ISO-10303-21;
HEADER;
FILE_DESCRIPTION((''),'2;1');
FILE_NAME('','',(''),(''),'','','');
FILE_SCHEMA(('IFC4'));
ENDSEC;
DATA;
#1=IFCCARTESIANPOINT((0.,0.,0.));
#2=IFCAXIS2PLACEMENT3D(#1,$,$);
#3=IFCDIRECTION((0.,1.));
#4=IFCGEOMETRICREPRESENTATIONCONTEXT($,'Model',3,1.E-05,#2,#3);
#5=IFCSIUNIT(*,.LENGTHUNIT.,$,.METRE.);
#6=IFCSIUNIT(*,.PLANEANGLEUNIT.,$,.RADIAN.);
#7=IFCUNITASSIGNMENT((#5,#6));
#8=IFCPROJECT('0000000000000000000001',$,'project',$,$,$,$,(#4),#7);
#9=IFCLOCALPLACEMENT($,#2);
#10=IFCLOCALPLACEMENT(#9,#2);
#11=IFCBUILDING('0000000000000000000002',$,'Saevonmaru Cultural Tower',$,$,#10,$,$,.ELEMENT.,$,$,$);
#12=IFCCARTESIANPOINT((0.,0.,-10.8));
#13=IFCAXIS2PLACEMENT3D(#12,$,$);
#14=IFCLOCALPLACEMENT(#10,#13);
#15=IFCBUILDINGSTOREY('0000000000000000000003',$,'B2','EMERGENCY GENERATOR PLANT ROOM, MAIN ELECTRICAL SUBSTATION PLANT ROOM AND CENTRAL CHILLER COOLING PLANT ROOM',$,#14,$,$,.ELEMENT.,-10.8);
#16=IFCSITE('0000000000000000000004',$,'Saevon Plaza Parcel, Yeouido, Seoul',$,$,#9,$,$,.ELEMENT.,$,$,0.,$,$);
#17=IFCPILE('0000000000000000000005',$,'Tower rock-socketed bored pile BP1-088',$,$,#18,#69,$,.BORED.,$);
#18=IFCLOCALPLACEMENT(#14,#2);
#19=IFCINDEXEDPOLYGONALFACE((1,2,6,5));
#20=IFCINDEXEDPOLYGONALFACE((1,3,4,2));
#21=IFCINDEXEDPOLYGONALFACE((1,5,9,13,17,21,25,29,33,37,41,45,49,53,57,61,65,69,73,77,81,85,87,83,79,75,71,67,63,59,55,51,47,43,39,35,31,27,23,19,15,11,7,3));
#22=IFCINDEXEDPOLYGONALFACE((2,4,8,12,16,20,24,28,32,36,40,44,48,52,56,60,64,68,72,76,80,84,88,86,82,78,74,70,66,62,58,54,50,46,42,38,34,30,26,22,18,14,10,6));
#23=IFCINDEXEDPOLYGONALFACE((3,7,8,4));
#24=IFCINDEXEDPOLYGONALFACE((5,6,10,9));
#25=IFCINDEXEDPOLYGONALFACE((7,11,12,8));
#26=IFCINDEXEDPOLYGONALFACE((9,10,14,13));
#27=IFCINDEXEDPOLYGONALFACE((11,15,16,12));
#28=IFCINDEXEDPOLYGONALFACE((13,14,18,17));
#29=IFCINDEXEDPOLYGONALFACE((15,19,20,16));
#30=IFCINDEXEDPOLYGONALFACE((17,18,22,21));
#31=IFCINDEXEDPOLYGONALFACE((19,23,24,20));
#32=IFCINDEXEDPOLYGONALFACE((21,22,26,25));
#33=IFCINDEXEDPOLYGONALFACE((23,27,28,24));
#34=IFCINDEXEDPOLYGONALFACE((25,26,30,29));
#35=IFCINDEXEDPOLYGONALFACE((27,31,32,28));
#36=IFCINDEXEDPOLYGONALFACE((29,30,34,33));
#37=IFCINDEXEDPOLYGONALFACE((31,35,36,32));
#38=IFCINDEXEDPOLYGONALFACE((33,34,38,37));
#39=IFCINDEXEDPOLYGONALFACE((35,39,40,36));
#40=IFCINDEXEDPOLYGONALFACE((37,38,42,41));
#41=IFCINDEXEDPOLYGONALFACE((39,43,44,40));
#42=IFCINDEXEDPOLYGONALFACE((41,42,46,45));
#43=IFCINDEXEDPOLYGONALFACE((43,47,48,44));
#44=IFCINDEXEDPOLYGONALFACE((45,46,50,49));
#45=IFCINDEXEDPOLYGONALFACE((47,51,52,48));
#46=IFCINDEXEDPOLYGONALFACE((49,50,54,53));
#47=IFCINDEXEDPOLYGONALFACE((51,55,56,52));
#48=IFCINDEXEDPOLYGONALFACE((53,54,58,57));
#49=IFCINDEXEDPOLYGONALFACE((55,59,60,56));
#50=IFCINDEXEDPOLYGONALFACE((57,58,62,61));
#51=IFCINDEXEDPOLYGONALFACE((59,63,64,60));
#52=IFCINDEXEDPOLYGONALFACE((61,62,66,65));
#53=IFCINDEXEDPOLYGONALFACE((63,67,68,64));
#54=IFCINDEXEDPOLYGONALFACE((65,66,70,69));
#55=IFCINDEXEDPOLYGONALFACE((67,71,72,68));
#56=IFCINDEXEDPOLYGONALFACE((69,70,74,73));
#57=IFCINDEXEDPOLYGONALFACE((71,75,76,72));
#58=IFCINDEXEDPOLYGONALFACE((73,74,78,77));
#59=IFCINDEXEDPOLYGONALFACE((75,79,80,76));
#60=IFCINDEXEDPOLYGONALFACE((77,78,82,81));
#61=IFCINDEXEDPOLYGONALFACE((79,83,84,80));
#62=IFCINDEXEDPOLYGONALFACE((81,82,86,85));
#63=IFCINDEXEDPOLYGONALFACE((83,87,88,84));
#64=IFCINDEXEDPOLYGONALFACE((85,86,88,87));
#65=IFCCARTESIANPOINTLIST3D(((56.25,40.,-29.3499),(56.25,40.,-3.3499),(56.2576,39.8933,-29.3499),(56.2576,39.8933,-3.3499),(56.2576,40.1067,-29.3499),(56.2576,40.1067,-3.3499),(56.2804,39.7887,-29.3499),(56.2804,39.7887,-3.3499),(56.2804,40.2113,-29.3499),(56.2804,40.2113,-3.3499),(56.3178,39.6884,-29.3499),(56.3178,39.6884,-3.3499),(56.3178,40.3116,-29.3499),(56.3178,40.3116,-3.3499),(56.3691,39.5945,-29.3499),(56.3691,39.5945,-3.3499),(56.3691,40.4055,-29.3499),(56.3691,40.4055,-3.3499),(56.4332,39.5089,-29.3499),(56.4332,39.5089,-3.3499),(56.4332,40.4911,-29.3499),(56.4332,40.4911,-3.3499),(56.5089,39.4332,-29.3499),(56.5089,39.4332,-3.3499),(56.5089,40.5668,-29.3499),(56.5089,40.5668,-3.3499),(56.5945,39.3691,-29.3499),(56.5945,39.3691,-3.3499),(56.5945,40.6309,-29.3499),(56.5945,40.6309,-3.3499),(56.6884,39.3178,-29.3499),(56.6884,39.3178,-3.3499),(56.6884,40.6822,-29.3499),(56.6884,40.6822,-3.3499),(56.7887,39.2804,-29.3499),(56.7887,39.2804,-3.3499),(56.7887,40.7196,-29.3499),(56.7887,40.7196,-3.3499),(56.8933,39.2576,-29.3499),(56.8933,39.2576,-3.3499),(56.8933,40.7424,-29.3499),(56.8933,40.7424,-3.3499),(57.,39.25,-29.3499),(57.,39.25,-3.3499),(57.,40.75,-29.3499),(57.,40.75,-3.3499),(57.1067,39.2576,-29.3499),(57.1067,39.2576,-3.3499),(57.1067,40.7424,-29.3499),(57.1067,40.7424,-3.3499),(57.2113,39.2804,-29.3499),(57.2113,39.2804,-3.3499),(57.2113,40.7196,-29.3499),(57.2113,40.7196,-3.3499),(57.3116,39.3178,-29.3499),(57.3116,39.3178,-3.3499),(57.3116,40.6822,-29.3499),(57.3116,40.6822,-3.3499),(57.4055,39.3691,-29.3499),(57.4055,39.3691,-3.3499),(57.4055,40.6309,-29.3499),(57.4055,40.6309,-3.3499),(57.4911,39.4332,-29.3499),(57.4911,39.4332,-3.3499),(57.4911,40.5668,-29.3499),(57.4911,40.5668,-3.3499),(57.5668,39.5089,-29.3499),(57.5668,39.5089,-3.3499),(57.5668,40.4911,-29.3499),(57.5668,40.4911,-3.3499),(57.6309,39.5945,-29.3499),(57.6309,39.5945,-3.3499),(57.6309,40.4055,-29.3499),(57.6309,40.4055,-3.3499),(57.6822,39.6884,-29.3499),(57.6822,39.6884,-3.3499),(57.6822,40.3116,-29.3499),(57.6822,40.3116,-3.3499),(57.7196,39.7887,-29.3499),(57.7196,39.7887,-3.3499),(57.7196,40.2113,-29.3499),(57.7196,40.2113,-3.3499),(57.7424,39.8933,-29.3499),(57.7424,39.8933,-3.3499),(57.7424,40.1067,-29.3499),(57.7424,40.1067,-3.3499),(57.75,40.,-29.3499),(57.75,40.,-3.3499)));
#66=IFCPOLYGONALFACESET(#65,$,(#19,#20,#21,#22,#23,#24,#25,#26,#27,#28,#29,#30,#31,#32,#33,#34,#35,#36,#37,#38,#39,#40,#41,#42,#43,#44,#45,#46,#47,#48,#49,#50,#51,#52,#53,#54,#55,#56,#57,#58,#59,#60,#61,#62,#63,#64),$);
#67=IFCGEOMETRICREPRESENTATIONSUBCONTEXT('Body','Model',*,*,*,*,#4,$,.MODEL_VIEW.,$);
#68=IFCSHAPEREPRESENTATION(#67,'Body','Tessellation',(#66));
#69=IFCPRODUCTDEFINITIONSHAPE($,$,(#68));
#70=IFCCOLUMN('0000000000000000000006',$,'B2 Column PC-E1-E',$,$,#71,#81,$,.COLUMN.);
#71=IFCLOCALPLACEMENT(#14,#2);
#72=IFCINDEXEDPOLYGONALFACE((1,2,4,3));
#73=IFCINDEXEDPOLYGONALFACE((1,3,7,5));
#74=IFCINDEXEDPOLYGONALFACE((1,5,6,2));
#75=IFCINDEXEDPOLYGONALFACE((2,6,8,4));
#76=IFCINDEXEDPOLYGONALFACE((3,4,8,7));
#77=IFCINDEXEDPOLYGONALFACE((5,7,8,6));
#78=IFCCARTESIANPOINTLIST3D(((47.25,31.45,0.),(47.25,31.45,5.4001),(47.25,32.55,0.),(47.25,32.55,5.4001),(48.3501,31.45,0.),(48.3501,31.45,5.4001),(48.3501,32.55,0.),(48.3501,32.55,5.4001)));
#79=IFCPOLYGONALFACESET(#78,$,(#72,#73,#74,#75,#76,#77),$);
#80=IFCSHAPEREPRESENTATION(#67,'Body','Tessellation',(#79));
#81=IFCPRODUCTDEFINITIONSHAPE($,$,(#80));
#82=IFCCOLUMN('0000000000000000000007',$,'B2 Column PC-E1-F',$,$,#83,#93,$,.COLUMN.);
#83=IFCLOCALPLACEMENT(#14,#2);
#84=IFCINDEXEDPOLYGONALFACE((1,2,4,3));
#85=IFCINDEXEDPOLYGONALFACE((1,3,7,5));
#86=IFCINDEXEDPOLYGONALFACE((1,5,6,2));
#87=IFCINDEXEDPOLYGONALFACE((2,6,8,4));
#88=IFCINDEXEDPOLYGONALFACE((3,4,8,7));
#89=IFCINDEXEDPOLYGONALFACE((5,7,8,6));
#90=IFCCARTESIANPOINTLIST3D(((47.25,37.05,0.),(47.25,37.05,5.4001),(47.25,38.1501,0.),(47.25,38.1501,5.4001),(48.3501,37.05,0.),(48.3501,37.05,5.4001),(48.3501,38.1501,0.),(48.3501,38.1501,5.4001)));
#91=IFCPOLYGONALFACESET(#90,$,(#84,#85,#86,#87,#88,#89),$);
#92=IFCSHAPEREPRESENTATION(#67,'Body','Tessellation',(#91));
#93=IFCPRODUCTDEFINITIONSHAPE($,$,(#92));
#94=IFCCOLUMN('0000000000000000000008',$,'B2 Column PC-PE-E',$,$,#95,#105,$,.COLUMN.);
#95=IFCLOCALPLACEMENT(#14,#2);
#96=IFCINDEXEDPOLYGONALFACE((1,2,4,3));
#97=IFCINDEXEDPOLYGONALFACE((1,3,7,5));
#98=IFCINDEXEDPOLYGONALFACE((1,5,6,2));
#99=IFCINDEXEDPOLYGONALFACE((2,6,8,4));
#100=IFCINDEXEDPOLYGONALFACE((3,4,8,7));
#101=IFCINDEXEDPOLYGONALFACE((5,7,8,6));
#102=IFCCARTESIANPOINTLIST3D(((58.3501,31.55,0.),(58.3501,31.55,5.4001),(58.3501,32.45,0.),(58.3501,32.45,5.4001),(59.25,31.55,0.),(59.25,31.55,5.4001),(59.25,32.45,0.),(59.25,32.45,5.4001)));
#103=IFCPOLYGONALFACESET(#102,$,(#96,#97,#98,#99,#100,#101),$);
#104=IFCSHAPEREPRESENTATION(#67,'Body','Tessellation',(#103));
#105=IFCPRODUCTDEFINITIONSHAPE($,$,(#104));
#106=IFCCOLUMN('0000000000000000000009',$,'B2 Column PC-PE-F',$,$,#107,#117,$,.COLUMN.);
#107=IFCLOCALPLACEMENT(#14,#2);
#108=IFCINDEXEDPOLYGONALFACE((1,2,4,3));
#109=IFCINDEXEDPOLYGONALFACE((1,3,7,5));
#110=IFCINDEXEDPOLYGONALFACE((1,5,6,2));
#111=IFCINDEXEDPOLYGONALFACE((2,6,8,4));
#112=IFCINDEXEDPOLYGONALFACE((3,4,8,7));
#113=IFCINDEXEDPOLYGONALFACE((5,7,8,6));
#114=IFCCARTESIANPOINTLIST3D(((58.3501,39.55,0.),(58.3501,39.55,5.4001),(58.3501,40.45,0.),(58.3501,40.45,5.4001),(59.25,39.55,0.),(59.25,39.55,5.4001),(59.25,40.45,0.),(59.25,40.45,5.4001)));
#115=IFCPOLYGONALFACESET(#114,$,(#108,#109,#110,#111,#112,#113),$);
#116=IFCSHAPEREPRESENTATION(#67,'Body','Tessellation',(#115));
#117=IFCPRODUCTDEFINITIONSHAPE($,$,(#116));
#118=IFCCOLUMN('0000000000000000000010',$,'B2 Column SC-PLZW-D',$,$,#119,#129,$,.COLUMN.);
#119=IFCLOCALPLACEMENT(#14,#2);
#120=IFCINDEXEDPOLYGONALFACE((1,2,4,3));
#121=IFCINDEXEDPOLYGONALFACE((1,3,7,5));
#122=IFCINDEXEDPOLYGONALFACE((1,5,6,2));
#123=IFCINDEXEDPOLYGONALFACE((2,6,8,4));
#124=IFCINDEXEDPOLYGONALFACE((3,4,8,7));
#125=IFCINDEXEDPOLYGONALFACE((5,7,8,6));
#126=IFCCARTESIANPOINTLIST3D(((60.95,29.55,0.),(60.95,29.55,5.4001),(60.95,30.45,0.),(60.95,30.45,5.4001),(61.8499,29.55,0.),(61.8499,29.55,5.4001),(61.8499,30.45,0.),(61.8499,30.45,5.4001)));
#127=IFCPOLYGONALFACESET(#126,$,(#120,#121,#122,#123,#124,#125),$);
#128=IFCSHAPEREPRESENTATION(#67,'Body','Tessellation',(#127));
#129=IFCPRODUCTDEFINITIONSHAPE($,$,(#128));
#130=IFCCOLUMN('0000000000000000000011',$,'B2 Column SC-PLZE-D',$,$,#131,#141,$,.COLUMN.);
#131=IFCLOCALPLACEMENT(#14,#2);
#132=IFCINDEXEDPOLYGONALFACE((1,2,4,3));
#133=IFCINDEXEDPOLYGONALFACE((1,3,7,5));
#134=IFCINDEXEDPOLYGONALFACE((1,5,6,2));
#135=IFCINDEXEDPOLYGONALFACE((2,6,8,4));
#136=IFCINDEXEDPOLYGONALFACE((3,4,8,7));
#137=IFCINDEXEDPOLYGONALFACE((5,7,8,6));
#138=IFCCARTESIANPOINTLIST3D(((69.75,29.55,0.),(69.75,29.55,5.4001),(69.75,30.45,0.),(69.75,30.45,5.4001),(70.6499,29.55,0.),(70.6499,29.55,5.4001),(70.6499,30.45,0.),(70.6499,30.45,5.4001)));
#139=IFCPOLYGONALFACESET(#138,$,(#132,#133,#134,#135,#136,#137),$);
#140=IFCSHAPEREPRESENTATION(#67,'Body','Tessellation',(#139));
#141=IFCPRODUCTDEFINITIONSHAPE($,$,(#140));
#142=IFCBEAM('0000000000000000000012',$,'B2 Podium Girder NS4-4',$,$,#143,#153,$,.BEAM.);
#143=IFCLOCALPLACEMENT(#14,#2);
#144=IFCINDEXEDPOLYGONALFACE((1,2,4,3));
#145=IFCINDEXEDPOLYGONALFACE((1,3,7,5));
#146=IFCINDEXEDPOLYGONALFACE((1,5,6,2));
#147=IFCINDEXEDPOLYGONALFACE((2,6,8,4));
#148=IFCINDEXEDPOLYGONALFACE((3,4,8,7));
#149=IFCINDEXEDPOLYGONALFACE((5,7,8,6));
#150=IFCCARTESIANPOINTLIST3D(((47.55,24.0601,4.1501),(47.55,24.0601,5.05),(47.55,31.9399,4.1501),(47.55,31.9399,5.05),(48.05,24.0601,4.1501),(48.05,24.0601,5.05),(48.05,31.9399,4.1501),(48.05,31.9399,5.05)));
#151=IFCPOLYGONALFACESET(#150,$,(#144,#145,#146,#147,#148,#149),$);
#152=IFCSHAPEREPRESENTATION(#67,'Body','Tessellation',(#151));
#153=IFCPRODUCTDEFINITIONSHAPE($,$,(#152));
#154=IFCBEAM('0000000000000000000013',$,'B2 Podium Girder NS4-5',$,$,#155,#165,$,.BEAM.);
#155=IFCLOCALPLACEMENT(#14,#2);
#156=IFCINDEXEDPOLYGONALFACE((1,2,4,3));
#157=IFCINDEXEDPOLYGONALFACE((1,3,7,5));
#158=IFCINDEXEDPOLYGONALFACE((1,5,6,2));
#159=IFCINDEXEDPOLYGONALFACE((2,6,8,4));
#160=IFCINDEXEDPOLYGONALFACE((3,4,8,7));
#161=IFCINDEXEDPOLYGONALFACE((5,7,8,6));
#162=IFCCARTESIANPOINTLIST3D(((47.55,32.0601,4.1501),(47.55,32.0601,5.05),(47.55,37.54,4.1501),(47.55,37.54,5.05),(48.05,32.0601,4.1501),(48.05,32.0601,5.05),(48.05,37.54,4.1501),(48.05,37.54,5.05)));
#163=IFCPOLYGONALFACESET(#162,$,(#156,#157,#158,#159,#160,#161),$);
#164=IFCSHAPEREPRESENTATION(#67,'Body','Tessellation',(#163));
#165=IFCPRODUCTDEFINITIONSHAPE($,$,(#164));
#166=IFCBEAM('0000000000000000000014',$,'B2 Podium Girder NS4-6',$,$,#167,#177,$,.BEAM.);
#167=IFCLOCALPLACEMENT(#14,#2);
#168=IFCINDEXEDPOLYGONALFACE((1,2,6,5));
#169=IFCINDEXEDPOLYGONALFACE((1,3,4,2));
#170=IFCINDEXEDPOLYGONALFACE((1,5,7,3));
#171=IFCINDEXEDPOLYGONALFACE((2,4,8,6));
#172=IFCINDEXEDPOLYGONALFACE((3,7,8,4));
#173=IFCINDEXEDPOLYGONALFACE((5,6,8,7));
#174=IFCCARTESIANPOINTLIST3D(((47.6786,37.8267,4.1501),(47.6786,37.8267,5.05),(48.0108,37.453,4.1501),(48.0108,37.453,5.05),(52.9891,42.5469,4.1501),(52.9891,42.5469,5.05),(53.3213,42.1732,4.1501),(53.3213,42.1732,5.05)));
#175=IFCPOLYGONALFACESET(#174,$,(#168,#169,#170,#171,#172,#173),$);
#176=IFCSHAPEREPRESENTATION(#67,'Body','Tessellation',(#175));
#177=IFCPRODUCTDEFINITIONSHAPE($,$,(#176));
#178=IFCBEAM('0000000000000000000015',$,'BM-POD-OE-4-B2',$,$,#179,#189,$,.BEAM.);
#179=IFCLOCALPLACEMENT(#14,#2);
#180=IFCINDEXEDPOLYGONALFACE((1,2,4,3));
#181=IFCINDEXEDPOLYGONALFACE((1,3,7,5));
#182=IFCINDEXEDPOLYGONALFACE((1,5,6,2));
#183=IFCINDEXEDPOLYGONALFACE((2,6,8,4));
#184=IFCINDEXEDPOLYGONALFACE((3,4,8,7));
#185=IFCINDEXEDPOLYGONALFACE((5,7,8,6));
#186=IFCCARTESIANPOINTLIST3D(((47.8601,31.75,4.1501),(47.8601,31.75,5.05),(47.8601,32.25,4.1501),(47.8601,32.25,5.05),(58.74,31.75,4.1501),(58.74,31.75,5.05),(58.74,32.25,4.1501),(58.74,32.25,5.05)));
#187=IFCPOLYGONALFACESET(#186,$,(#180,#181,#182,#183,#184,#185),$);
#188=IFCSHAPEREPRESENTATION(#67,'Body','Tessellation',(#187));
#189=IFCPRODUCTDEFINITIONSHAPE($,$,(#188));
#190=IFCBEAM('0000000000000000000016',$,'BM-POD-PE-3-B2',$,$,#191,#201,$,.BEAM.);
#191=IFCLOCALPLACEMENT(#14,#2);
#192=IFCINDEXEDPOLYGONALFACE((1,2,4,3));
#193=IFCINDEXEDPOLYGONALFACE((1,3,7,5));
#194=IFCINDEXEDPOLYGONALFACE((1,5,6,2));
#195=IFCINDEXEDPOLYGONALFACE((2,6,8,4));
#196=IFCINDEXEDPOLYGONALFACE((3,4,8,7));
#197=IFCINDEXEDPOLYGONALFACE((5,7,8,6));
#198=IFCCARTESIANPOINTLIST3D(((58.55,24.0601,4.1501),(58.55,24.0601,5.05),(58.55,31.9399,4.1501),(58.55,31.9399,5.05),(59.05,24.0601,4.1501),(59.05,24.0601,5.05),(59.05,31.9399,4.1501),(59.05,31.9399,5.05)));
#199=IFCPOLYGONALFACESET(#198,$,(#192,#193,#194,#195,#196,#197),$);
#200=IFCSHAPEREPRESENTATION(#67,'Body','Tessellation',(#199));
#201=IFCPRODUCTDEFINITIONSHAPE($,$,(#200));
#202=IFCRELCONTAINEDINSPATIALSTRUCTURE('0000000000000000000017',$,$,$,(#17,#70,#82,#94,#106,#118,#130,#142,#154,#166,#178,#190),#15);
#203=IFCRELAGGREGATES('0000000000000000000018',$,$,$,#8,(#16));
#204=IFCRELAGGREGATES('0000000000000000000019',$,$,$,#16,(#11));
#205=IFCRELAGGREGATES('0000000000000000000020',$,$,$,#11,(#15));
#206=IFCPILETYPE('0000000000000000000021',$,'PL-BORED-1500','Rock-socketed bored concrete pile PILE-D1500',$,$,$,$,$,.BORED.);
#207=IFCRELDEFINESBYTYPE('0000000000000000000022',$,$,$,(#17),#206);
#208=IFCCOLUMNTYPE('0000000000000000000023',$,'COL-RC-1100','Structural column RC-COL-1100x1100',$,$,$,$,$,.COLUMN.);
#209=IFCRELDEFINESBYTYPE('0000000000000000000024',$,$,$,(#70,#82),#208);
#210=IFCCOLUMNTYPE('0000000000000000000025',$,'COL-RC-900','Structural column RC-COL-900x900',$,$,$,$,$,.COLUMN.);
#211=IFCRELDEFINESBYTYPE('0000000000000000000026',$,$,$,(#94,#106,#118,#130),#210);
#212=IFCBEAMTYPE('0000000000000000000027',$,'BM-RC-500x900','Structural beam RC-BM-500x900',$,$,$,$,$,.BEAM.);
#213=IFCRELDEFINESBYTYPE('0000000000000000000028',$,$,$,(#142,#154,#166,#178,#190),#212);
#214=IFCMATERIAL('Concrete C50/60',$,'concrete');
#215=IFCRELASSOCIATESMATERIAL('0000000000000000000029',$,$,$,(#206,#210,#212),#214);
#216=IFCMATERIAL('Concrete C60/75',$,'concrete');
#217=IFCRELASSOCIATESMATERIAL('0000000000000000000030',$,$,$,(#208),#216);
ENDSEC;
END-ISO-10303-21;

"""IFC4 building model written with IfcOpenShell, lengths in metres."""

from ifc_helpers import new_model, si_unit, direction, frame, origin, origin_2d, place, context, subcontext, project, spatial, rectangle, circle, extrude, material, material_profile, profile_set, type_object, element, save


model = new_model("IFC4")

# Units and contexts
model_context = context("Model", 3, precision=1e-05, world=origin(), true_north=direction((0.0, 1.0)))
body_context = subcontext(model_context, "Body", "Model", "MODEL_VIEW")
ifc_project = project(units=[si_unit("LENGTHUNIT", "METRE"), si_unit("PLANEANGLEUNIT", "RADIAN")], contexts=[model_context])

# Site, building, storey
site_placement = place(None, origin())
site = spatial("IfcSite", under=ifc_project, at=site_placement, Name="Saevon Plaza Parcel, Yeouido, Seoul", CompositionType="ELEMENT", RefElevation=0.0)
building_placement = place(site_placement, origin())
building = spatial("IfcBuilding", under=site, at=building_placement, Name="Saevonmaru Cultural Tower", CompositionType="ELEMENT")
storey_placement = place(building_placement, frame((0.0, 0.0, -10.8)))
storey = spatial("IfcBuildingStorey", under=building, at=storey_placement, Name="B2", Description="EMERGENCY GENERATOR PLANT ROOM, MAIN ELECTRICAL SUBSTATION PLANT ROOM AND CENTRAL CHILLER COOLING PLANT ROOM", CompositionType="ELEMENT", Elevation=-10.8)

# Pile
ifc_material_1 = material(Name="Concrete C50/60", Category="concrete")
ifc_material_profile_1 = material_profile(ifc_material_1, circle(Radius=0.75, at=origin_2d()), Name="PILE-D1500")
ifc_profile_set_1 = profile_set([ifc_material_profile_1], Name="Concrete C50/60")
pile_type_1 = type_object("IfcPileType", Name="PL-BORED-1500", Description="Rock-socketed bored concrete pile PILE-D1500", PredefinedType="BORED", material=ifc_profile_set_1)
for number, where, z_axis, x_axis, name in (
    (1, (57.0, 40.0, -3.3499), (0.0, 0.0, -1.0), (1.0, 0.0, 0.0), "Tower rock-socketed bored pile BP1-088"),
):
    element("IfcPile", number, at=place(storey_placement, frame(where, z_axis=z_axis, x_axis=x_axis)), inside=storey, type_object=pile_type_1, Name=name, PredefinedType="BORED", context=body_context, shape_type="SweptSolid", body=[
        extrude(circle(Radius=0.75, at=origin_2d()), origin(), (0.0, 0.0, 1.0), 26.0),
    ])

# Columns
ifc_material_2 = material(Name="Concrete C60/75", Category="concrete")
ifc_material_profile_2 = material_profile(ifc_material_2, rectangle(XDim=1.1001, YDim=1.1001, at=origin_2d()), Name="RC-COL-1100x1100")
ifc_profile_set_2 = profile_set([ifc_material_profile_2], Name="Concrete C60/75")
column_type_1 = type_object("IfcColumnType", Name="COL-RC-1100", Description="Structural column RC-COL-1100x1100", PredefinedType="COLUMN", material=ifc_profile_set_2)
for number, where, z_axis, x_axis, name in (
    (2, (47.8, 32.0, 0.0), (0.0, 0.0, 1.0), (1.0, 0.0, 0.0), "B2 Column PC-E1-E"),
    (3, (47.8, 37.6001, 0.0), (0.0, 0.0, 1.0), (1.0, 0.0, 0.0), "B2 Column PC-E1-F"),
):
    element("IfcColumn", number, at=place(storey_placement, frame(where, z_axis=z_axis, x_axis=x_axis)), inside=storey, type_object=column_type_1, Name=name, PredefinedType="COLUMN", context=body_context, shape_type="SweptSolid", body=[
        extrude(rectangle(XDim=1.1001, YDim=1.1001, at=origin_2d()), origin(), (0.0, 0.0, 1.0), 5.4001),
    ])
ifc_material_profile_3 = material_profile(ifc_material_1, rectangle(XDim=0.8999, YDim=0.8999, at=origin_2d()), Name="RC-COL-900x900")
ifc_profile_set_3 = profile_set([ifc_material_profile_3], Name="Concrete C50/60")
column_type_2 = type_object("IfcColumnType", Name="COL-RC-900", Description="Structural column RC-COL-900x900", PredefinedType="COLUMN", material=ifc_profile_set_3)
for number, where, z_axis, x_axis, name in (
    (4, (58.8, 32.0, 0.0), (0.0, 0.0, 1.0), (1.0, 0.0, 0.0), "B2 Column PC-PE-E"),
    (5, (58.8, 40.0, 0.0), (0.0, 0.0, 1.0), (1.0, 0.0, 0.0), "B2 Column PC-PE-F"),
    (6, (61.3999, 30.0, 0.0), (0.0, 0.0, 1.0), (1.0, 0.0, 0.0), "B2 Column SC-PLZW-D"),
    (7, (70.2, 30.0, 0.0), (0.0, 0.0, 1.0), (1.0, 0.0, 0.0), "B2 Column SC-PLZE-D"),
):
    element("IfcColumn", number, at=place(storey_placement, frame(where, z_axis=z_axis, x_axis=x_axis)), inside=storey, type_object=column_type_2, Name=name, PredefinedType="COLUMN", context=body_context, shape_type="SweptSolid", body=[
        extrude(rectangle(XDim=0.8999, YDim=0.8999, at=origin_2d()), origin(), (0.0, 0.0, 1.0), 5.4001),
    ])

# Beams
ifc_material_profile_4 = material_profile(ifc_material_1, rectangle(XDim=0.5, YDim=0.8999, at=origin_2d()), Name="RC-BM-500x900")
ifc_profile_set_4 = profile_set([ifc_material_profile_4], Name="Concrete C50/60")
beam_type = type_object("IfcBeamType", Name="BM-RC-500x900", Description="Structural beam RC-BM-500x900", PredefinedType="BEAM", material=ifc_profile_set_4)
beam_1_placement = place(storey_placement, frame((47.8, 24.0601, 4.6001), z_axis=(0.0, 1.0, 0.0), x_axis=(-1.0, 0.0, 0.0)))
element("IfcBeam", 8, at=beam_1_placement, inside=storey, type_object=beam_type, Name="B2 Podium Girder NS4-4", PredefinedType="BEAM", context=body_context, shape_type="SweptSolid", body=[
    extrude(rectangle(XDim=0.5, YDim=0.8999, at=origin_2d()), origin(), (0.0, 0.0, 1.0), 7.8799),
])
beam_2_placement = place(storey_placement, frame((47.8, 32.0601, 4.6001), z_axis=(0.0, 1.0, 0.0), x_axis=(-1.0, 0.0, 0.0)))
element("IfcBeam", 9, at=beam_2_placement, inside=storey, type_object=beam_type, Name="B2 Podium Girder NS4-5", PredefinedType="BEAM", context=body_context, shape_type="SweptSolid", body=[
    extrude(rectangle(XDim=0.5, YDim=0.8999, at=origin_2d()), origin(), (0.0, 0.0, 1.0), 5.48),
])
beam_3_placement = place(storey_placement, frame((47.8447, 37.6399, 4.6001), z_axis=(0.747428, 0.664343, 0.0), x_axis=(-0.664343, 0.747428, 0.0)))
element("IfcBeam", 10, at=beam_3_placement, inside=storey, type_object=beam_type, Name="B2 Podium Girder NS4-6", PredefinedType="BEAM", context=body_context, shape_type="SweptSolid", body=[
    extrude(rectangle(XDim=0.5, YDim=0.8999, at=origin_2d()), origin(), (0.0, 0.0, 1.0), 7.105),
])
beam_4_placement = place(storey_placement, frame((47.8601, 32.0, 4.6001), z_axis=(1.0, 0.0, 0.0), x_axis=(0.0, 1.0, 0.0)))
element("IfcBeam", 11, at=beam_4_placement, inside=storey, type_object=beam_type, Name="BM-POD-OE-4-B2", PredefinedType="BEAM", context=body_context, shape_type="SweptSolid", body=[
    extrude(rectangle(XDim=0.5, YDim=0.8999, at=origin_2d()), origin(), (0.0, 0.0, 1.0), 10.8799),
])
for number, where, z_axis, x_axis, name in (
    (12, (58.8, 24.0601, 4.6001), (0.0, 1.0, 0.0), (-1.0, 0.0, 0.0), "BM-POD-PE-3-B2"),
):
    element("IfcBeam", number, at=place(storey_placement, frame(where, z_axis=z_axis, x_axis=x_axis)), inside=storey, type_object=beam_type, Name=name, PredefinedType="BEAM", context=body_context, shape_type="SweptSolid", body=[
        extrude(rectangle(XDim=0.5, YDim=0.8999, at=origin_2d()), origin(), (0.0, 0.0, 1.0), 7.8799),
    ])

save(model, "model.ifc")
